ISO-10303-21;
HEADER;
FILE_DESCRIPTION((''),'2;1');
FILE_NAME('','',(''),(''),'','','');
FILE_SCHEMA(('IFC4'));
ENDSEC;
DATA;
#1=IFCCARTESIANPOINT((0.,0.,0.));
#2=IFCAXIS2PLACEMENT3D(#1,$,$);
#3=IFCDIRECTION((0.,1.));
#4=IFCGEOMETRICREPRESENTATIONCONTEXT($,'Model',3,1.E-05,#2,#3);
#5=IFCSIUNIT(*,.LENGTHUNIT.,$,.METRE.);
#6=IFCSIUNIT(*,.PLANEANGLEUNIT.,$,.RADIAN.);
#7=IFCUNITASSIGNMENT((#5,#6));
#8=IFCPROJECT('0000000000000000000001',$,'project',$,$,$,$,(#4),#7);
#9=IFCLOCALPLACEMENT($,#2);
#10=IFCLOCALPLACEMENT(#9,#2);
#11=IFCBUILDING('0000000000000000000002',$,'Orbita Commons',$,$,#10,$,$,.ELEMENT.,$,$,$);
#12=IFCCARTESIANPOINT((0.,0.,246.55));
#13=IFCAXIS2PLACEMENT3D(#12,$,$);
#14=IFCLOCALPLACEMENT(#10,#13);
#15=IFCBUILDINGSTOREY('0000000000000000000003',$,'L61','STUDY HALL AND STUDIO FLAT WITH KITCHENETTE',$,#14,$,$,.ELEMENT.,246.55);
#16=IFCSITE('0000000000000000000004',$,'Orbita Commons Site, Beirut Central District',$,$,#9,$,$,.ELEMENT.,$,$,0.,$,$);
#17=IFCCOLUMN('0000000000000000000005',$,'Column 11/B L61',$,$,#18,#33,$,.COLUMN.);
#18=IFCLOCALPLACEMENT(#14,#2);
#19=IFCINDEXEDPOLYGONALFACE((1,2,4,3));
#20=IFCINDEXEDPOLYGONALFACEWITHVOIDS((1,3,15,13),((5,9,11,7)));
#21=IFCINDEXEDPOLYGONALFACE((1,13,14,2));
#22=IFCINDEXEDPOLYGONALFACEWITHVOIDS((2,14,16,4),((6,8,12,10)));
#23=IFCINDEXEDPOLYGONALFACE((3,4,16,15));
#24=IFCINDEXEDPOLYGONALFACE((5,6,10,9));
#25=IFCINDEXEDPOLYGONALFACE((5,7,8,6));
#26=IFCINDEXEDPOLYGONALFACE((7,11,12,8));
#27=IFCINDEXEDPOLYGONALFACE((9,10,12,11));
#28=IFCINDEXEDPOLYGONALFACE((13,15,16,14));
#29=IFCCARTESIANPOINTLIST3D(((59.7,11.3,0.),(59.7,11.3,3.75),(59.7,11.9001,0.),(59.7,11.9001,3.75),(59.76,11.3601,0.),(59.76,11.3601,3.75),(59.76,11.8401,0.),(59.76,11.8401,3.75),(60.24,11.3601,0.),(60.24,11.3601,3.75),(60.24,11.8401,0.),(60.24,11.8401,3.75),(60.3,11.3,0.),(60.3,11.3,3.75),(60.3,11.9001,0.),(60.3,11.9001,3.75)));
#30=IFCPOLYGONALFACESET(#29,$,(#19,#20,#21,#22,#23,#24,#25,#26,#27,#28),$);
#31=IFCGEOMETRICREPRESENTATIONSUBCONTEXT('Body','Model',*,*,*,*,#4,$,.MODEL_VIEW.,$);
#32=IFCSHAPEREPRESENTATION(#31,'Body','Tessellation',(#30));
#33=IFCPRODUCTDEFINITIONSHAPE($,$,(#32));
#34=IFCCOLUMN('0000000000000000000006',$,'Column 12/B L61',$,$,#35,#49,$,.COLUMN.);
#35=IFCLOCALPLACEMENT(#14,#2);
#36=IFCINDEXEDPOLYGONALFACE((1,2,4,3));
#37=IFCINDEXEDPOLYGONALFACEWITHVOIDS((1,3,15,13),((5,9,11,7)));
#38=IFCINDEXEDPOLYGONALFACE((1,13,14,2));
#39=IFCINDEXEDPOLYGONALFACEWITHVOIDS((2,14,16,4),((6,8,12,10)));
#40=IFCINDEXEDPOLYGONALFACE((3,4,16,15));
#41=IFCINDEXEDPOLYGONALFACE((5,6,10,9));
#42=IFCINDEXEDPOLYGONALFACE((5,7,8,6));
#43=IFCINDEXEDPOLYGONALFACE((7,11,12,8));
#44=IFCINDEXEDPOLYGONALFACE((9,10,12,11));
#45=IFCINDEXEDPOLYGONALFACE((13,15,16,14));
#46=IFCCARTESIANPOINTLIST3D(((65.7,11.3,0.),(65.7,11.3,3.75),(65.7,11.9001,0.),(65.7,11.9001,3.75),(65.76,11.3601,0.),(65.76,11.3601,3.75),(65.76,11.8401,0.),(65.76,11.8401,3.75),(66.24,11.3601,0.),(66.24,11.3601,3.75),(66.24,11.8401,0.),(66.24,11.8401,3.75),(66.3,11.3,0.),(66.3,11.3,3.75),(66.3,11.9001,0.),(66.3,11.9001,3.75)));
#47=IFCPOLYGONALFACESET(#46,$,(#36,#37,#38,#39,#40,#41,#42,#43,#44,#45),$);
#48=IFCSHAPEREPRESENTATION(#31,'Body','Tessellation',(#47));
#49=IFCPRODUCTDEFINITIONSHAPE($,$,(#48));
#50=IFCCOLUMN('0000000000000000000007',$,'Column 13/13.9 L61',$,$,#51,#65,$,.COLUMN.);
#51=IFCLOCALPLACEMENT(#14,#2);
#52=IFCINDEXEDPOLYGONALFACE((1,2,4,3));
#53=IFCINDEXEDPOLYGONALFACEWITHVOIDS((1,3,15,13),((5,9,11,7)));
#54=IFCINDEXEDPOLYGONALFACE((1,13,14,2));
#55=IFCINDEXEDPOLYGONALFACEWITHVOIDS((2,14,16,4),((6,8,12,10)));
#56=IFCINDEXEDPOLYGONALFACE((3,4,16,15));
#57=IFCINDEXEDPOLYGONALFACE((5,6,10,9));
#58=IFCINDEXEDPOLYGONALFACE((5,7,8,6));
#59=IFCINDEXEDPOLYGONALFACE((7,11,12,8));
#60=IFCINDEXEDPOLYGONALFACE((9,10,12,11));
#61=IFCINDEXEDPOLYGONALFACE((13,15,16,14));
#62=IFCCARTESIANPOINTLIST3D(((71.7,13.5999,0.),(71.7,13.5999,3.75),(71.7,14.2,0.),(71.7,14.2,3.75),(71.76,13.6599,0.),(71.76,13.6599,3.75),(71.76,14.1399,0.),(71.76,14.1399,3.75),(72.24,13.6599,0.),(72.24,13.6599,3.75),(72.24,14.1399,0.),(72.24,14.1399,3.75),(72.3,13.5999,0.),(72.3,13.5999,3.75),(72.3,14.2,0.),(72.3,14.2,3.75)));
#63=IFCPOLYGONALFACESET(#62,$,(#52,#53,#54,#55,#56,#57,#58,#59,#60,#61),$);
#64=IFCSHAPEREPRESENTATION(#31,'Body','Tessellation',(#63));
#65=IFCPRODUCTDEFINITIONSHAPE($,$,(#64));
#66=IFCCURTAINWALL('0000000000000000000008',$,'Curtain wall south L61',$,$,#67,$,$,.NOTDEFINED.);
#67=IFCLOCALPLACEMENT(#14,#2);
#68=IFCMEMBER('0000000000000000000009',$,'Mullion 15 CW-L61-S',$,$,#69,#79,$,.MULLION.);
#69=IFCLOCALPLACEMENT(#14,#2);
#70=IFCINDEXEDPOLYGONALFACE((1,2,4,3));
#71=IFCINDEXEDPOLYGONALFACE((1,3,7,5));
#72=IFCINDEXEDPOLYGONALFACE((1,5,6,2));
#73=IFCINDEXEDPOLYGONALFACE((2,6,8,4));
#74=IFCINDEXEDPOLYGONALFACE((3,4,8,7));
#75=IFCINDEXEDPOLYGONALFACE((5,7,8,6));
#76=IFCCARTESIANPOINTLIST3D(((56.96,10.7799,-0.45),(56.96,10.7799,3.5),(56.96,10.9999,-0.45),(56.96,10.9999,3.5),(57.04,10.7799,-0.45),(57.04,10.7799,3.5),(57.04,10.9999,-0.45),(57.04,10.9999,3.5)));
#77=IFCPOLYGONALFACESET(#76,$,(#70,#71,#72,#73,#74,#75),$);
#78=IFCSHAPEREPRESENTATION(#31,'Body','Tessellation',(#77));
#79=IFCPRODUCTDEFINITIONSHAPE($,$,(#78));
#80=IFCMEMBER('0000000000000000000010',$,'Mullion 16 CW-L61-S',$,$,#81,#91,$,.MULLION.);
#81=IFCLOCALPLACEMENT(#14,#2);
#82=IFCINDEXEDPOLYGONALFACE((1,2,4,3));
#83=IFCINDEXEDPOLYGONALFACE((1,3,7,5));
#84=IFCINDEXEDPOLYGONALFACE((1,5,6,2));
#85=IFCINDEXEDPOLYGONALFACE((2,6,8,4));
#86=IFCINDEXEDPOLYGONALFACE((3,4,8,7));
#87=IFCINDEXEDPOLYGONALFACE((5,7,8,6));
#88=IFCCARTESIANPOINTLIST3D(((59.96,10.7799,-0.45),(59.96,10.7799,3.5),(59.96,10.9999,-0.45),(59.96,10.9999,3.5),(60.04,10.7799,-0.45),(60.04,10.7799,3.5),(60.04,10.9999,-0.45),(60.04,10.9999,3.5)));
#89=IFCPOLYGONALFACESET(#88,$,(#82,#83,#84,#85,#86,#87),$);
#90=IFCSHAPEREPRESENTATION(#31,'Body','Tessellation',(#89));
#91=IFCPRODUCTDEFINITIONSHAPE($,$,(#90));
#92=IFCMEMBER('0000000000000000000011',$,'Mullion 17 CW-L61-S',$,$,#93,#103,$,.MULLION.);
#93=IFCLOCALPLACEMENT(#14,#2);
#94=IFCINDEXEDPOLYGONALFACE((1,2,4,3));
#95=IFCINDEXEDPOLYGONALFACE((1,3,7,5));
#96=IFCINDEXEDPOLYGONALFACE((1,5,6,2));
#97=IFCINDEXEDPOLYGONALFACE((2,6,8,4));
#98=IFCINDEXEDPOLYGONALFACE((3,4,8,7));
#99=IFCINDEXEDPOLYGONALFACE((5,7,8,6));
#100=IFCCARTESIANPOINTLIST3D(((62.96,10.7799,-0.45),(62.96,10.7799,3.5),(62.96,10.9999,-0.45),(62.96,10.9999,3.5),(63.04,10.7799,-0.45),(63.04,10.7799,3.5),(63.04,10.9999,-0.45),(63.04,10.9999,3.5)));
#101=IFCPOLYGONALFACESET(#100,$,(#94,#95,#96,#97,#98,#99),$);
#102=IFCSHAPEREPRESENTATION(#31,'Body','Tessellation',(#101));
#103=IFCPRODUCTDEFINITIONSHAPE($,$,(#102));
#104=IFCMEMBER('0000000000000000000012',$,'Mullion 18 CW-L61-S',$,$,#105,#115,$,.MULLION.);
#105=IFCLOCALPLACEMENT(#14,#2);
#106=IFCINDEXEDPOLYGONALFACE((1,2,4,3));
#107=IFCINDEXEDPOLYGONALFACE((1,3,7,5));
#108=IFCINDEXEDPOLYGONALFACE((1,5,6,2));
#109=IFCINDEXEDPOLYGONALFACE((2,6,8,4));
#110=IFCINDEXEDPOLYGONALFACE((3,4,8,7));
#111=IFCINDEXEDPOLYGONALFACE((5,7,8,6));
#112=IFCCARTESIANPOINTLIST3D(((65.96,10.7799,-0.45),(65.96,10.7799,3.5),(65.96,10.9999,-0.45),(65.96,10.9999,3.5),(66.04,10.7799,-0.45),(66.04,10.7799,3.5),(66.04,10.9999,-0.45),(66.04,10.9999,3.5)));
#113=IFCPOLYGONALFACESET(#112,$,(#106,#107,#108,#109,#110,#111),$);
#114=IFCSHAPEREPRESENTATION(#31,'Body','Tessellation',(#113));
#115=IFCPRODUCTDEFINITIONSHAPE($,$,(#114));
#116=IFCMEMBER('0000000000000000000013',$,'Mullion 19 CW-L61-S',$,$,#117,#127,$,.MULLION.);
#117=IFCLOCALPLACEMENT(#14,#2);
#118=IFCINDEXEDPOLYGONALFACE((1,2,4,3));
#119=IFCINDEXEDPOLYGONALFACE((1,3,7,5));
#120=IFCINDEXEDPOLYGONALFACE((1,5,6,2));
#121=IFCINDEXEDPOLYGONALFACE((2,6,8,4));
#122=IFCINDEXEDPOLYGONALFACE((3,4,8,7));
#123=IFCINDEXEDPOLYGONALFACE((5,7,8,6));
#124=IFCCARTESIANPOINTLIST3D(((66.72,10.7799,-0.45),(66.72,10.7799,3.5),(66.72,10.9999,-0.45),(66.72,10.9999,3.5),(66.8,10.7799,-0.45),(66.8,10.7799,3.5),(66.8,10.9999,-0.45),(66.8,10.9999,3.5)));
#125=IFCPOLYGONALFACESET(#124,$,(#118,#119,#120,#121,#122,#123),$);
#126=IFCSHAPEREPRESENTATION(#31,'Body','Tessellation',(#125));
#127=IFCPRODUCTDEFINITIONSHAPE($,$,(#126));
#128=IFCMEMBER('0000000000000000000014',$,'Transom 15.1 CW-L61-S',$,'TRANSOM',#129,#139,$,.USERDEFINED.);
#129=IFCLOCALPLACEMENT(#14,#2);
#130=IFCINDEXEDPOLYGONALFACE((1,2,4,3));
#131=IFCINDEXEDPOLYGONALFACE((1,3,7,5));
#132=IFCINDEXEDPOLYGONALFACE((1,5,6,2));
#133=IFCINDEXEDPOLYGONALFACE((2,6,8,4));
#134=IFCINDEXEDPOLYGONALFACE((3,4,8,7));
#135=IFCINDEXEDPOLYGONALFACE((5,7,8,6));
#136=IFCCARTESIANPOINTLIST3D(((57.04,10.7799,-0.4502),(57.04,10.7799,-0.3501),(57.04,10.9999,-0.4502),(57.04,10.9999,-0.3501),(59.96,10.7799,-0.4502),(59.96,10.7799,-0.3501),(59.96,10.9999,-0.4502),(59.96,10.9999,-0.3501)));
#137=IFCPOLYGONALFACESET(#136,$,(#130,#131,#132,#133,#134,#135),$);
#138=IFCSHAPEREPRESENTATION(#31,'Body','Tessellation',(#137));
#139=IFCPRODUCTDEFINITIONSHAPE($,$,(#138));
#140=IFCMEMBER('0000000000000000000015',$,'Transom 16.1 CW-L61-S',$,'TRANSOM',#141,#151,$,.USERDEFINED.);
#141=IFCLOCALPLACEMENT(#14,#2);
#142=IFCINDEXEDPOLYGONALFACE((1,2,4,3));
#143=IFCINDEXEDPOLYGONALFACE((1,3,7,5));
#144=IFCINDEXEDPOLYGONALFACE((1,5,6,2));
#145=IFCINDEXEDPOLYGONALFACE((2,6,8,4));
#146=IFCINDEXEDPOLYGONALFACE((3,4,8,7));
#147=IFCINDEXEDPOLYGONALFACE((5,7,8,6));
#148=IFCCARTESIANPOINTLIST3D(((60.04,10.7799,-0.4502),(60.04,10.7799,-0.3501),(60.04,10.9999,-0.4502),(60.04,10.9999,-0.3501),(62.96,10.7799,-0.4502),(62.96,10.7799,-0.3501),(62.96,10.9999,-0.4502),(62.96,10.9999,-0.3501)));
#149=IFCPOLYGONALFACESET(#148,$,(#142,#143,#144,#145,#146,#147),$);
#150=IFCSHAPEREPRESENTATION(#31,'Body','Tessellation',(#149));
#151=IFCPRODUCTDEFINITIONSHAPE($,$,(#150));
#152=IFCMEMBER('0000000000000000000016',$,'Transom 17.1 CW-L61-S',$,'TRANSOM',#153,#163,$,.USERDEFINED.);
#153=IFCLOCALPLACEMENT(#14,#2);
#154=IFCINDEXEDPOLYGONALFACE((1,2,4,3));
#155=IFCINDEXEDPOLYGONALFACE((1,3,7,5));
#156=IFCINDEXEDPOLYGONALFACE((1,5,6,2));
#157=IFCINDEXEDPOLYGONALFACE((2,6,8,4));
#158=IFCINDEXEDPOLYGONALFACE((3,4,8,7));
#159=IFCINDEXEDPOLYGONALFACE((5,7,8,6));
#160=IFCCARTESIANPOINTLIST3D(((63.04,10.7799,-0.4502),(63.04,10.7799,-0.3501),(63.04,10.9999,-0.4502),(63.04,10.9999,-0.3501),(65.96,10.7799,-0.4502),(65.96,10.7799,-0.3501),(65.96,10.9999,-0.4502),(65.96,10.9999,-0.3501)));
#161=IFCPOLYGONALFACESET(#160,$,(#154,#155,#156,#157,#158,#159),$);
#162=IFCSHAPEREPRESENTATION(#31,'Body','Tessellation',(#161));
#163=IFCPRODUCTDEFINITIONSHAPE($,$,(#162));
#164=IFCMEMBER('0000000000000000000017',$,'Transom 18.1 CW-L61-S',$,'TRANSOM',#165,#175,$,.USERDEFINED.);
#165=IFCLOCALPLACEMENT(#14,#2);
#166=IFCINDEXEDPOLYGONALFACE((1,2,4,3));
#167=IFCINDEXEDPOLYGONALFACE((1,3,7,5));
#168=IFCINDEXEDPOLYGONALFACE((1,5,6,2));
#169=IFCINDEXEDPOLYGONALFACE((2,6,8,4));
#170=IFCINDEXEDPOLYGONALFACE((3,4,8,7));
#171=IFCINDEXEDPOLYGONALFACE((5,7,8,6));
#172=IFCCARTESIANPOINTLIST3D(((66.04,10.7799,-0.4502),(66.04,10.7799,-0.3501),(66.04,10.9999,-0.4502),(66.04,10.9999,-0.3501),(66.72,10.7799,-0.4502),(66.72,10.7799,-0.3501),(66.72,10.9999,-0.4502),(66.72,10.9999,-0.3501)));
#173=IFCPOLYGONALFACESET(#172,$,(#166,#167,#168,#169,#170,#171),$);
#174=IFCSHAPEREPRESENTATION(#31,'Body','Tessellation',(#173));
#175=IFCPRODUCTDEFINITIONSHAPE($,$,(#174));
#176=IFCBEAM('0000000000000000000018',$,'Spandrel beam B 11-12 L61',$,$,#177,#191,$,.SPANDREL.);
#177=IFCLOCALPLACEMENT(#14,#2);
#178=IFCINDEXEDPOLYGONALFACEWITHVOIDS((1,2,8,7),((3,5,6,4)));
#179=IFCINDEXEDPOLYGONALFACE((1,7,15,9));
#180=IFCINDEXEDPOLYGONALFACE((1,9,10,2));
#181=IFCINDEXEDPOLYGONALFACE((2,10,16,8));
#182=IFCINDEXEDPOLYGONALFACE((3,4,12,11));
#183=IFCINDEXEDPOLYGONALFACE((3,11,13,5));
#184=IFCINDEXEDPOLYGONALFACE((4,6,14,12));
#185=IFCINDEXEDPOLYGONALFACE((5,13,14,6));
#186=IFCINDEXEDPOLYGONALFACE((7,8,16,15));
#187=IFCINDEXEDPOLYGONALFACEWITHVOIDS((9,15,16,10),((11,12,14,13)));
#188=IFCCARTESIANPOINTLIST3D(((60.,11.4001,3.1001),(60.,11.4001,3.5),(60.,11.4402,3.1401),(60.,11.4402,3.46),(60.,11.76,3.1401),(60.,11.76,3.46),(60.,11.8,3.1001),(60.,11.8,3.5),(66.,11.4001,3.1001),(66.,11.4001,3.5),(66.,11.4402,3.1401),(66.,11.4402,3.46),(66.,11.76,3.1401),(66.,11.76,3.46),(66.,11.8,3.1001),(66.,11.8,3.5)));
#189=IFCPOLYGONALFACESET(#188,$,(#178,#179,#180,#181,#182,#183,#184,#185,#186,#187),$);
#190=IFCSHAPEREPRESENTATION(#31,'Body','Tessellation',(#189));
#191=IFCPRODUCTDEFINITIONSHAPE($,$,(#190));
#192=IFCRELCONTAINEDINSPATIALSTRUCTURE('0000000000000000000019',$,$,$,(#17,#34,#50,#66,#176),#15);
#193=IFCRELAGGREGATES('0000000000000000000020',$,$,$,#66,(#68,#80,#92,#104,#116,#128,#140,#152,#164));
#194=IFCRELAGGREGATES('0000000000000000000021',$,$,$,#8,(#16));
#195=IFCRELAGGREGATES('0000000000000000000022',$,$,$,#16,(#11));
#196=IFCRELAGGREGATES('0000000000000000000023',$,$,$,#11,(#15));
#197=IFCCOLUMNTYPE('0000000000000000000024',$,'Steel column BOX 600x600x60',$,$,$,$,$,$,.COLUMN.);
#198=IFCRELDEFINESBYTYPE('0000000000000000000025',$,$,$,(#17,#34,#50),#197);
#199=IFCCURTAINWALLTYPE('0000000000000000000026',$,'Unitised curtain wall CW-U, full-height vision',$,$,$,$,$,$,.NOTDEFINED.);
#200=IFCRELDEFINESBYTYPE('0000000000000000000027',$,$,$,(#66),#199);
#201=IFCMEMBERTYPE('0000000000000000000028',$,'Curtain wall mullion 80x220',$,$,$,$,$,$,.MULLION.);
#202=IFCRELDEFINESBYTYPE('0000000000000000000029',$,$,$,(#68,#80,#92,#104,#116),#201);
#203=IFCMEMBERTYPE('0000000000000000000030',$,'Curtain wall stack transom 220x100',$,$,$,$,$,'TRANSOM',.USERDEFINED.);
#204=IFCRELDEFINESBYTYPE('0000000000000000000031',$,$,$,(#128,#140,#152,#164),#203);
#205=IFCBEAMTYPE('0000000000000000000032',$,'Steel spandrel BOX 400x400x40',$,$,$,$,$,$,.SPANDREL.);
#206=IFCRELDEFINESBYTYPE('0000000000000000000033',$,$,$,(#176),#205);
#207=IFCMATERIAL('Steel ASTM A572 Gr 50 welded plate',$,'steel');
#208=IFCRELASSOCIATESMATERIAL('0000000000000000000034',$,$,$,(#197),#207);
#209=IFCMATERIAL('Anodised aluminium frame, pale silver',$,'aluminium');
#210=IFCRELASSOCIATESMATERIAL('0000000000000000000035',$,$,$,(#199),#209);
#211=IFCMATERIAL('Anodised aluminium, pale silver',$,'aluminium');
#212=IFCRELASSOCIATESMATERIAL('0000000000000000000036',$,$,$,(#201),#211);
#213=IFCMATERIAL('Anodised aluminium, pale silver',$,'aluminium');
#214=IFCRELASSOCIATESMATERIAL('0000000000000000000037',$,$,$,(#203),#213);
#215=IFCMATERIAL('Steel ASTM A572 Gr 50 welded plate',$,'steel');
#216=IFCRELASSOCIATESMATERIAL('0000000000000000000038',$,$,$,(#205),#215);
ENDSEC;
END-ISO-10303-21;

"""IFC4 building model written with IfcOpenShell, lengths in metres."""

from ifc_helpers import new_model, si_unit, direction, frame, origin, origin_2d, place, context, subcontext, project, spatial, rectangle, hollow_rectangle, extrude, material, material_profile, profile_set, type_object, element, aggregate, save


model = new_model("IFC4")

# Units and contexts
model_context = context("Model", 3, precision=1e-05, world=origin(), true_north=direction((0.0, 1.0)))
body_context = subcontext(model_context, "Body", "Model", "MODEL_VIEW")
ifc_project = project(units=[si_unit("LENGTHUNIT", "METRE"), si_unit("PLANEANGLEUNIT", "RADIAN")], contexts=[model_context])

# Site, building, storey
site_placement = place(None, origin())
site = spatial("IfcSite", under=ifc_project, at=site_placement, Name="Orbita Commons Site, Beirut Central District", CompositionType="ELEMENT", RefElevation=0.0)
building_placement = place(site_placement, origin())
building = spatial("IfcBuilding", under=site, at=building_placement, Name="Orbita Commons", CompositionType="ELEMENT")
storey_placement = place(building_placement, frame((0.0, 0.0, 246.55)))
storey = spatial("IfcBuildingStorey", under=building, at=storey_placement, Name="L61", Description="STUDY HALL AND STUDIO FLAT WITH KITCHENETTE", CompositionType="ELEMENT", Elevation=246.55)

# Columns
ifc_material_1 = material(Name="Steel ASTM A572 Gr 50 welded plate", Category="steel")
ifc_material_profile_1 = material_profile(ifc_material_1, hollow_rectangle(XDim=0.6001, YDim=0.6001, WallThickness=0.0601, at=origin_2d()), Name="BOX 600x600x60")
ifc_profile_set_1 = profile_set([ifc_material_profile_1], Name="Steel ASTM A572 Gr 50 welded plate")
column_type = type_object("IfcColumnType", Name="Steel column BOX 600x600x60", PredefinedType="COLUMN", material=ifc_profile_set_1)
for number, where, z_axis, x_axis, name in (
    (1, (60.0, 11.6001, 0.0), (0.0, 0.0, 1.0), (1.0, 0.0, 0.0), "Column 11/B L61"),
    (2, (66.0, 11.6001, 0.0), (0.0, 0.0, 1.0), (1.0, 0.0, 0.0), "Column 12/B L61"),
    (3, (72.0, 13.8999, 0.0), (0.0, 0.0, 1.0), (1.0, 0.0, 0.0), "Column 13/13.9 L61"),
):
    element("IfcColumn", number, at=place(storey_placement, frame(where, z_axis=z_axis, x_axis=x_axis)), inside=storey, type_object=column_type, Name=name, PredefinedType="COLUMN", context=body_context, shape_type="SweptSolid", body=[
        extrude(hollow_rectangle(XDim=0.6001, YDim=0.6001, WallThickness=0.0601, at=origin_2d()), origin(), (0.0, 0.0, 1.0), 3.75),
    ])

# Curtain wall, members
ifc_material_2 = material(Name="Anodised aluminium frame, pale silver", Category="aluminium")
curtain_wall_type = type_object("IfcCurtainWallType", Name="Unitised curtain wall CW-U, full-height vision", PredefinedType="NOTDEFINED", material=ifc_material_2)
curtain_wall_placement = place(storey_placement, origin())
curtain_wall = element("IfcCurtainWall", 4, at=curtain_wall_placement, inside=storey, type_object=curtain_wall_type, Name="Curtain wall south L61", PredefinedType="NOTDEFINED")
ifc_material_3 = material(Name="Anodised aluminium, pale silver", Category="aluminium")
ifc_material_profile_2 = material_profile(ifc_material_3, rectangle(XDim=0.0801, YDim=0.22, at=origin_2d()), Name="AL 80x220")
ifc_profile_set_2 = profile_set([ifc_material_profile_2], Name="Anodised aluminium, pale silver")
member_type_1 = type_object("IfcMemberType", Name="Curtain wall mullion 80x220", PredefinedType="MULLION", material=ifc_profile_set_2)
member_1_placement = place(storey_placement, frame((57.0, 10.8899, -0.45), z_axis=(0.0, 0.0, 1.0), x_axis=(1.0, 0.0, 0.0)))
member_1 = element("IfcMember", 5, at=member_1_placement, type_object=member_type_1, Name="Mullion 15 CW-L61-S", PredefinedType="MULLION", context=body_context, shape_type="SweptSolid", body=[
    extrude(rectangle(XDim=0.0801, YDim=0.22, at=origin_2d()), origin(), (0.0, 0.0, 1.0), 3.95),
])
member_2_placement = place(storey_placement, frame((60.0, 10.8899, -0.45), z_axis=(0.0, 0.0, 1.0), x_axis=(1.0, 0.0, 0.0)))
member_2 = element("IfcMember", 6, at=member_2_placement, type_object=member_type_1, Name="Mullion 16 CW-L61-S", PredefinedType="MULLION", context=body_context, shape_type="SweptSolid", body=[
    extrude(rectangle(XDim=0.0801, YDim=0.22, at=origin_2d()), origin(), (0.0, 0.0, 1.0), 3.95),
])
member_3_placement = place(storey_placement, frame((63.0, 10.8899, -0.45), z_axis=(0.0, 0.0, 1.0), x_axis=(1.0, 0.0, 0.0)))
member_3 = element("IfcMember", 7, at=member_3_placement, type_object=member_type_1, Name="Mullion 17 CW-L61-S", PredefinedType="MULLION", context=body_context, shape_type="SweptSolid", body=[
    extrude(rectangle(XDim=0.0801, YDim=0.22, at=origin_2d()), origin(), (0.0, 0.0, 1.0), 3.95),
])
member_4_placement = place(storey_placement, frame((66.0, 10.8899, -0.45), z_axis=(0.0, 0.0, 1.0), x_axis=(1.0, 0.0, 0.0)))
member_4 = element("IfcMember", 8, at=member_4_placement, type_object=member_type_1, Name="Mullion 18 CW-L61-S", PredefinedType="MULLION", context=body_context, shape_type="SweptSolid", body=[
    extrude(rectangle(XDim=0.0801, YDim=0.22, at=origin_2d()), origin(), (0.0, 0.0, 1.0), 3.95),
])
member_5_placement = place(storey_placement, frame((66.76, 10.8899, -0.45), z_axis=(0.0, 0.0, 1.0), x_axis=(1.0, 0.0, 0.0)))
member_5 = element("IfcMember", 9, at=member_5_placement, type_object=member_type_1, Name="Mullion 19 CW-L61-S", PredefinedType="MULLION", context=body_context, shape_type="SweptSolid", body=[
    extrude(rectangle(XDim=0.0801, YDim=0.22, at=origin_2d()), origin(), (0.0, 0.0, 1.0), 3.95),
])
ifc_material_4 = material(Name="Anodised aluminium, pale silver", Category="aluminium")
ifc_material_profile_3 = material_profile(ifc_material_4, rectangle(XDim=0.22, YDim=0.1001, at=origin_2d()), Name="AL 220x100")
ifc_profile_set_3 = profile_set([ifc_material_profile_3], Name="Anodised aluminium, pale silver")
member_type_2 = type_object("IfcMemberType", Name="Curtain wall stack transom 220x100", ElementType="TRANSOM", PredefinedType="USERDEFINED", material=ifc_profile_set_3)
member_6_placement = place(storey_placement, frame((57.04, 10.8899, -0.4001), z_axis=(1.0, 0.0, 0.0), x_axis=(0.0, 1.0, 0.0)))
member_6 = element("IfcMember", 10, at=member_6_placement, type_object=member_type_2, Name="Transom 15.1 CW-L61-S", ObjectType="TRANSOM", PredefinedType="USERDEFINED", context=body_context, shape_type="SweptSolid", body=[
    extrude(rectangle(XDim=0.22, YDim=0.1001, at=origin_2d()), origin(), (0.0, 0.0, 1.0), 2.9199),
])
member_7_placement = place(storey_placement, frame((60.04, 10.8899, -0.4001), z_axis=(1.0, 0.0, 0.0), x_axis=(0.0, 1.0, 0.0)))
member_7 = element("IfcMember", 11, at=member_7_placement, type_object=member_type_2, Name="Transom 16.1 CW-L61-S", ObjectType="TRANSOM", PredefinedType="USERDEFINED", context=body_context, shape_type="SweptSolid", body=[
    extrude(rectangle(XDim=0.22, YDim=0.1001, at=origin_2d()), origin(), (0.0, 0.0, 1.0), 2.9199),
])
member_8_placement = place(storey_placement, frame((63.04, 10.8899, -0.4001), z_axis=(1.0, 0.0, 0.0), x_axis=(0.0, 1.0, 0.0)))
member_8 = element("IfcMember", 12, at=member_8_placement, type_object=member_type_2, Name="Transom 17.1 CW-L61-S", ObjectType="TRANSOM", PredefinedType="USERDEFINED", context=body_context, shape_type="SweptSolid", body=[
    extrude(rectangle(XDim=0.22, YDim=0.1001, at=origin_2d()), origin(), (0.0, 0.0, 1.0), 2.9199),
])
member_9_placement = place(storey_placement, frame((66.04, 10.8899, -0.4001), z_axis=(1.0, 0.0, 0.0), x_axis=(0.0, 1.0, 0.0)))
member_9 = element("IfcMember", 13, at=member_9_placement, type_object=member_type_2, Name="Transom 18.1 CW-L61-S", ObjectType="TRANSOM", PredefinedType="USERDEFINED", context=body_context, shape_type="SweptSolid", body=[
    extrude(rectangle(XDim=0.22, YDim=0.1001, at=origin_2d()), origin(), (0.0, 0.0, 1.0), 0.6799),
])

# Beam
ifc_material_5 = material(Name="Steel ASTM A572 Gr 50 welded plate", Category="steel")
ifc_material_profile_4 = material_profile(ifc_material_5, hollow_rectangle(XDim=0.3999, YDim=0.3999, WallThickness=0.04, at=origin_2d()), Name="BOX 400x400x40")
ifc_profile_set_4 = profile_set([ifc_material_profile_4], Name="Steel ASTM A572 Gr 50 welded plate")
beam_type = type_object("IfcBeamType", Name="Steel spandrel BOX 400x400x40", PredefinedType="SPANDREL", material=ifc_profile_set_4)
beam_placement = place(storey_placement, frame((60.0, 11.6001, 3.3), z_axis=(1.0, 0.0, 0.0), x_axis=(0.0, 1.0, 0.0)))
element("IfcBeam", 14, at=beam_placement, inside=storey, type_object=beam_type, Name="Spandrel beam B 11-12 L61", PredefinedType="SPANDREL", context=body_context, shape_type="SweptSolid", body=[
    extrude(hollow_rectangle(XDim=0.3999, YDim=0.3999, WallThickness=0.04, at=origin_2d()), origin(), (0.0, 0.0, 1.0), 6.0),
])

aggregate(curtain_wall, [member_1, member_2, member_3, member_4, member_5, member_6, member_7, member_8, member_9])

save(model, "model.ifc")
